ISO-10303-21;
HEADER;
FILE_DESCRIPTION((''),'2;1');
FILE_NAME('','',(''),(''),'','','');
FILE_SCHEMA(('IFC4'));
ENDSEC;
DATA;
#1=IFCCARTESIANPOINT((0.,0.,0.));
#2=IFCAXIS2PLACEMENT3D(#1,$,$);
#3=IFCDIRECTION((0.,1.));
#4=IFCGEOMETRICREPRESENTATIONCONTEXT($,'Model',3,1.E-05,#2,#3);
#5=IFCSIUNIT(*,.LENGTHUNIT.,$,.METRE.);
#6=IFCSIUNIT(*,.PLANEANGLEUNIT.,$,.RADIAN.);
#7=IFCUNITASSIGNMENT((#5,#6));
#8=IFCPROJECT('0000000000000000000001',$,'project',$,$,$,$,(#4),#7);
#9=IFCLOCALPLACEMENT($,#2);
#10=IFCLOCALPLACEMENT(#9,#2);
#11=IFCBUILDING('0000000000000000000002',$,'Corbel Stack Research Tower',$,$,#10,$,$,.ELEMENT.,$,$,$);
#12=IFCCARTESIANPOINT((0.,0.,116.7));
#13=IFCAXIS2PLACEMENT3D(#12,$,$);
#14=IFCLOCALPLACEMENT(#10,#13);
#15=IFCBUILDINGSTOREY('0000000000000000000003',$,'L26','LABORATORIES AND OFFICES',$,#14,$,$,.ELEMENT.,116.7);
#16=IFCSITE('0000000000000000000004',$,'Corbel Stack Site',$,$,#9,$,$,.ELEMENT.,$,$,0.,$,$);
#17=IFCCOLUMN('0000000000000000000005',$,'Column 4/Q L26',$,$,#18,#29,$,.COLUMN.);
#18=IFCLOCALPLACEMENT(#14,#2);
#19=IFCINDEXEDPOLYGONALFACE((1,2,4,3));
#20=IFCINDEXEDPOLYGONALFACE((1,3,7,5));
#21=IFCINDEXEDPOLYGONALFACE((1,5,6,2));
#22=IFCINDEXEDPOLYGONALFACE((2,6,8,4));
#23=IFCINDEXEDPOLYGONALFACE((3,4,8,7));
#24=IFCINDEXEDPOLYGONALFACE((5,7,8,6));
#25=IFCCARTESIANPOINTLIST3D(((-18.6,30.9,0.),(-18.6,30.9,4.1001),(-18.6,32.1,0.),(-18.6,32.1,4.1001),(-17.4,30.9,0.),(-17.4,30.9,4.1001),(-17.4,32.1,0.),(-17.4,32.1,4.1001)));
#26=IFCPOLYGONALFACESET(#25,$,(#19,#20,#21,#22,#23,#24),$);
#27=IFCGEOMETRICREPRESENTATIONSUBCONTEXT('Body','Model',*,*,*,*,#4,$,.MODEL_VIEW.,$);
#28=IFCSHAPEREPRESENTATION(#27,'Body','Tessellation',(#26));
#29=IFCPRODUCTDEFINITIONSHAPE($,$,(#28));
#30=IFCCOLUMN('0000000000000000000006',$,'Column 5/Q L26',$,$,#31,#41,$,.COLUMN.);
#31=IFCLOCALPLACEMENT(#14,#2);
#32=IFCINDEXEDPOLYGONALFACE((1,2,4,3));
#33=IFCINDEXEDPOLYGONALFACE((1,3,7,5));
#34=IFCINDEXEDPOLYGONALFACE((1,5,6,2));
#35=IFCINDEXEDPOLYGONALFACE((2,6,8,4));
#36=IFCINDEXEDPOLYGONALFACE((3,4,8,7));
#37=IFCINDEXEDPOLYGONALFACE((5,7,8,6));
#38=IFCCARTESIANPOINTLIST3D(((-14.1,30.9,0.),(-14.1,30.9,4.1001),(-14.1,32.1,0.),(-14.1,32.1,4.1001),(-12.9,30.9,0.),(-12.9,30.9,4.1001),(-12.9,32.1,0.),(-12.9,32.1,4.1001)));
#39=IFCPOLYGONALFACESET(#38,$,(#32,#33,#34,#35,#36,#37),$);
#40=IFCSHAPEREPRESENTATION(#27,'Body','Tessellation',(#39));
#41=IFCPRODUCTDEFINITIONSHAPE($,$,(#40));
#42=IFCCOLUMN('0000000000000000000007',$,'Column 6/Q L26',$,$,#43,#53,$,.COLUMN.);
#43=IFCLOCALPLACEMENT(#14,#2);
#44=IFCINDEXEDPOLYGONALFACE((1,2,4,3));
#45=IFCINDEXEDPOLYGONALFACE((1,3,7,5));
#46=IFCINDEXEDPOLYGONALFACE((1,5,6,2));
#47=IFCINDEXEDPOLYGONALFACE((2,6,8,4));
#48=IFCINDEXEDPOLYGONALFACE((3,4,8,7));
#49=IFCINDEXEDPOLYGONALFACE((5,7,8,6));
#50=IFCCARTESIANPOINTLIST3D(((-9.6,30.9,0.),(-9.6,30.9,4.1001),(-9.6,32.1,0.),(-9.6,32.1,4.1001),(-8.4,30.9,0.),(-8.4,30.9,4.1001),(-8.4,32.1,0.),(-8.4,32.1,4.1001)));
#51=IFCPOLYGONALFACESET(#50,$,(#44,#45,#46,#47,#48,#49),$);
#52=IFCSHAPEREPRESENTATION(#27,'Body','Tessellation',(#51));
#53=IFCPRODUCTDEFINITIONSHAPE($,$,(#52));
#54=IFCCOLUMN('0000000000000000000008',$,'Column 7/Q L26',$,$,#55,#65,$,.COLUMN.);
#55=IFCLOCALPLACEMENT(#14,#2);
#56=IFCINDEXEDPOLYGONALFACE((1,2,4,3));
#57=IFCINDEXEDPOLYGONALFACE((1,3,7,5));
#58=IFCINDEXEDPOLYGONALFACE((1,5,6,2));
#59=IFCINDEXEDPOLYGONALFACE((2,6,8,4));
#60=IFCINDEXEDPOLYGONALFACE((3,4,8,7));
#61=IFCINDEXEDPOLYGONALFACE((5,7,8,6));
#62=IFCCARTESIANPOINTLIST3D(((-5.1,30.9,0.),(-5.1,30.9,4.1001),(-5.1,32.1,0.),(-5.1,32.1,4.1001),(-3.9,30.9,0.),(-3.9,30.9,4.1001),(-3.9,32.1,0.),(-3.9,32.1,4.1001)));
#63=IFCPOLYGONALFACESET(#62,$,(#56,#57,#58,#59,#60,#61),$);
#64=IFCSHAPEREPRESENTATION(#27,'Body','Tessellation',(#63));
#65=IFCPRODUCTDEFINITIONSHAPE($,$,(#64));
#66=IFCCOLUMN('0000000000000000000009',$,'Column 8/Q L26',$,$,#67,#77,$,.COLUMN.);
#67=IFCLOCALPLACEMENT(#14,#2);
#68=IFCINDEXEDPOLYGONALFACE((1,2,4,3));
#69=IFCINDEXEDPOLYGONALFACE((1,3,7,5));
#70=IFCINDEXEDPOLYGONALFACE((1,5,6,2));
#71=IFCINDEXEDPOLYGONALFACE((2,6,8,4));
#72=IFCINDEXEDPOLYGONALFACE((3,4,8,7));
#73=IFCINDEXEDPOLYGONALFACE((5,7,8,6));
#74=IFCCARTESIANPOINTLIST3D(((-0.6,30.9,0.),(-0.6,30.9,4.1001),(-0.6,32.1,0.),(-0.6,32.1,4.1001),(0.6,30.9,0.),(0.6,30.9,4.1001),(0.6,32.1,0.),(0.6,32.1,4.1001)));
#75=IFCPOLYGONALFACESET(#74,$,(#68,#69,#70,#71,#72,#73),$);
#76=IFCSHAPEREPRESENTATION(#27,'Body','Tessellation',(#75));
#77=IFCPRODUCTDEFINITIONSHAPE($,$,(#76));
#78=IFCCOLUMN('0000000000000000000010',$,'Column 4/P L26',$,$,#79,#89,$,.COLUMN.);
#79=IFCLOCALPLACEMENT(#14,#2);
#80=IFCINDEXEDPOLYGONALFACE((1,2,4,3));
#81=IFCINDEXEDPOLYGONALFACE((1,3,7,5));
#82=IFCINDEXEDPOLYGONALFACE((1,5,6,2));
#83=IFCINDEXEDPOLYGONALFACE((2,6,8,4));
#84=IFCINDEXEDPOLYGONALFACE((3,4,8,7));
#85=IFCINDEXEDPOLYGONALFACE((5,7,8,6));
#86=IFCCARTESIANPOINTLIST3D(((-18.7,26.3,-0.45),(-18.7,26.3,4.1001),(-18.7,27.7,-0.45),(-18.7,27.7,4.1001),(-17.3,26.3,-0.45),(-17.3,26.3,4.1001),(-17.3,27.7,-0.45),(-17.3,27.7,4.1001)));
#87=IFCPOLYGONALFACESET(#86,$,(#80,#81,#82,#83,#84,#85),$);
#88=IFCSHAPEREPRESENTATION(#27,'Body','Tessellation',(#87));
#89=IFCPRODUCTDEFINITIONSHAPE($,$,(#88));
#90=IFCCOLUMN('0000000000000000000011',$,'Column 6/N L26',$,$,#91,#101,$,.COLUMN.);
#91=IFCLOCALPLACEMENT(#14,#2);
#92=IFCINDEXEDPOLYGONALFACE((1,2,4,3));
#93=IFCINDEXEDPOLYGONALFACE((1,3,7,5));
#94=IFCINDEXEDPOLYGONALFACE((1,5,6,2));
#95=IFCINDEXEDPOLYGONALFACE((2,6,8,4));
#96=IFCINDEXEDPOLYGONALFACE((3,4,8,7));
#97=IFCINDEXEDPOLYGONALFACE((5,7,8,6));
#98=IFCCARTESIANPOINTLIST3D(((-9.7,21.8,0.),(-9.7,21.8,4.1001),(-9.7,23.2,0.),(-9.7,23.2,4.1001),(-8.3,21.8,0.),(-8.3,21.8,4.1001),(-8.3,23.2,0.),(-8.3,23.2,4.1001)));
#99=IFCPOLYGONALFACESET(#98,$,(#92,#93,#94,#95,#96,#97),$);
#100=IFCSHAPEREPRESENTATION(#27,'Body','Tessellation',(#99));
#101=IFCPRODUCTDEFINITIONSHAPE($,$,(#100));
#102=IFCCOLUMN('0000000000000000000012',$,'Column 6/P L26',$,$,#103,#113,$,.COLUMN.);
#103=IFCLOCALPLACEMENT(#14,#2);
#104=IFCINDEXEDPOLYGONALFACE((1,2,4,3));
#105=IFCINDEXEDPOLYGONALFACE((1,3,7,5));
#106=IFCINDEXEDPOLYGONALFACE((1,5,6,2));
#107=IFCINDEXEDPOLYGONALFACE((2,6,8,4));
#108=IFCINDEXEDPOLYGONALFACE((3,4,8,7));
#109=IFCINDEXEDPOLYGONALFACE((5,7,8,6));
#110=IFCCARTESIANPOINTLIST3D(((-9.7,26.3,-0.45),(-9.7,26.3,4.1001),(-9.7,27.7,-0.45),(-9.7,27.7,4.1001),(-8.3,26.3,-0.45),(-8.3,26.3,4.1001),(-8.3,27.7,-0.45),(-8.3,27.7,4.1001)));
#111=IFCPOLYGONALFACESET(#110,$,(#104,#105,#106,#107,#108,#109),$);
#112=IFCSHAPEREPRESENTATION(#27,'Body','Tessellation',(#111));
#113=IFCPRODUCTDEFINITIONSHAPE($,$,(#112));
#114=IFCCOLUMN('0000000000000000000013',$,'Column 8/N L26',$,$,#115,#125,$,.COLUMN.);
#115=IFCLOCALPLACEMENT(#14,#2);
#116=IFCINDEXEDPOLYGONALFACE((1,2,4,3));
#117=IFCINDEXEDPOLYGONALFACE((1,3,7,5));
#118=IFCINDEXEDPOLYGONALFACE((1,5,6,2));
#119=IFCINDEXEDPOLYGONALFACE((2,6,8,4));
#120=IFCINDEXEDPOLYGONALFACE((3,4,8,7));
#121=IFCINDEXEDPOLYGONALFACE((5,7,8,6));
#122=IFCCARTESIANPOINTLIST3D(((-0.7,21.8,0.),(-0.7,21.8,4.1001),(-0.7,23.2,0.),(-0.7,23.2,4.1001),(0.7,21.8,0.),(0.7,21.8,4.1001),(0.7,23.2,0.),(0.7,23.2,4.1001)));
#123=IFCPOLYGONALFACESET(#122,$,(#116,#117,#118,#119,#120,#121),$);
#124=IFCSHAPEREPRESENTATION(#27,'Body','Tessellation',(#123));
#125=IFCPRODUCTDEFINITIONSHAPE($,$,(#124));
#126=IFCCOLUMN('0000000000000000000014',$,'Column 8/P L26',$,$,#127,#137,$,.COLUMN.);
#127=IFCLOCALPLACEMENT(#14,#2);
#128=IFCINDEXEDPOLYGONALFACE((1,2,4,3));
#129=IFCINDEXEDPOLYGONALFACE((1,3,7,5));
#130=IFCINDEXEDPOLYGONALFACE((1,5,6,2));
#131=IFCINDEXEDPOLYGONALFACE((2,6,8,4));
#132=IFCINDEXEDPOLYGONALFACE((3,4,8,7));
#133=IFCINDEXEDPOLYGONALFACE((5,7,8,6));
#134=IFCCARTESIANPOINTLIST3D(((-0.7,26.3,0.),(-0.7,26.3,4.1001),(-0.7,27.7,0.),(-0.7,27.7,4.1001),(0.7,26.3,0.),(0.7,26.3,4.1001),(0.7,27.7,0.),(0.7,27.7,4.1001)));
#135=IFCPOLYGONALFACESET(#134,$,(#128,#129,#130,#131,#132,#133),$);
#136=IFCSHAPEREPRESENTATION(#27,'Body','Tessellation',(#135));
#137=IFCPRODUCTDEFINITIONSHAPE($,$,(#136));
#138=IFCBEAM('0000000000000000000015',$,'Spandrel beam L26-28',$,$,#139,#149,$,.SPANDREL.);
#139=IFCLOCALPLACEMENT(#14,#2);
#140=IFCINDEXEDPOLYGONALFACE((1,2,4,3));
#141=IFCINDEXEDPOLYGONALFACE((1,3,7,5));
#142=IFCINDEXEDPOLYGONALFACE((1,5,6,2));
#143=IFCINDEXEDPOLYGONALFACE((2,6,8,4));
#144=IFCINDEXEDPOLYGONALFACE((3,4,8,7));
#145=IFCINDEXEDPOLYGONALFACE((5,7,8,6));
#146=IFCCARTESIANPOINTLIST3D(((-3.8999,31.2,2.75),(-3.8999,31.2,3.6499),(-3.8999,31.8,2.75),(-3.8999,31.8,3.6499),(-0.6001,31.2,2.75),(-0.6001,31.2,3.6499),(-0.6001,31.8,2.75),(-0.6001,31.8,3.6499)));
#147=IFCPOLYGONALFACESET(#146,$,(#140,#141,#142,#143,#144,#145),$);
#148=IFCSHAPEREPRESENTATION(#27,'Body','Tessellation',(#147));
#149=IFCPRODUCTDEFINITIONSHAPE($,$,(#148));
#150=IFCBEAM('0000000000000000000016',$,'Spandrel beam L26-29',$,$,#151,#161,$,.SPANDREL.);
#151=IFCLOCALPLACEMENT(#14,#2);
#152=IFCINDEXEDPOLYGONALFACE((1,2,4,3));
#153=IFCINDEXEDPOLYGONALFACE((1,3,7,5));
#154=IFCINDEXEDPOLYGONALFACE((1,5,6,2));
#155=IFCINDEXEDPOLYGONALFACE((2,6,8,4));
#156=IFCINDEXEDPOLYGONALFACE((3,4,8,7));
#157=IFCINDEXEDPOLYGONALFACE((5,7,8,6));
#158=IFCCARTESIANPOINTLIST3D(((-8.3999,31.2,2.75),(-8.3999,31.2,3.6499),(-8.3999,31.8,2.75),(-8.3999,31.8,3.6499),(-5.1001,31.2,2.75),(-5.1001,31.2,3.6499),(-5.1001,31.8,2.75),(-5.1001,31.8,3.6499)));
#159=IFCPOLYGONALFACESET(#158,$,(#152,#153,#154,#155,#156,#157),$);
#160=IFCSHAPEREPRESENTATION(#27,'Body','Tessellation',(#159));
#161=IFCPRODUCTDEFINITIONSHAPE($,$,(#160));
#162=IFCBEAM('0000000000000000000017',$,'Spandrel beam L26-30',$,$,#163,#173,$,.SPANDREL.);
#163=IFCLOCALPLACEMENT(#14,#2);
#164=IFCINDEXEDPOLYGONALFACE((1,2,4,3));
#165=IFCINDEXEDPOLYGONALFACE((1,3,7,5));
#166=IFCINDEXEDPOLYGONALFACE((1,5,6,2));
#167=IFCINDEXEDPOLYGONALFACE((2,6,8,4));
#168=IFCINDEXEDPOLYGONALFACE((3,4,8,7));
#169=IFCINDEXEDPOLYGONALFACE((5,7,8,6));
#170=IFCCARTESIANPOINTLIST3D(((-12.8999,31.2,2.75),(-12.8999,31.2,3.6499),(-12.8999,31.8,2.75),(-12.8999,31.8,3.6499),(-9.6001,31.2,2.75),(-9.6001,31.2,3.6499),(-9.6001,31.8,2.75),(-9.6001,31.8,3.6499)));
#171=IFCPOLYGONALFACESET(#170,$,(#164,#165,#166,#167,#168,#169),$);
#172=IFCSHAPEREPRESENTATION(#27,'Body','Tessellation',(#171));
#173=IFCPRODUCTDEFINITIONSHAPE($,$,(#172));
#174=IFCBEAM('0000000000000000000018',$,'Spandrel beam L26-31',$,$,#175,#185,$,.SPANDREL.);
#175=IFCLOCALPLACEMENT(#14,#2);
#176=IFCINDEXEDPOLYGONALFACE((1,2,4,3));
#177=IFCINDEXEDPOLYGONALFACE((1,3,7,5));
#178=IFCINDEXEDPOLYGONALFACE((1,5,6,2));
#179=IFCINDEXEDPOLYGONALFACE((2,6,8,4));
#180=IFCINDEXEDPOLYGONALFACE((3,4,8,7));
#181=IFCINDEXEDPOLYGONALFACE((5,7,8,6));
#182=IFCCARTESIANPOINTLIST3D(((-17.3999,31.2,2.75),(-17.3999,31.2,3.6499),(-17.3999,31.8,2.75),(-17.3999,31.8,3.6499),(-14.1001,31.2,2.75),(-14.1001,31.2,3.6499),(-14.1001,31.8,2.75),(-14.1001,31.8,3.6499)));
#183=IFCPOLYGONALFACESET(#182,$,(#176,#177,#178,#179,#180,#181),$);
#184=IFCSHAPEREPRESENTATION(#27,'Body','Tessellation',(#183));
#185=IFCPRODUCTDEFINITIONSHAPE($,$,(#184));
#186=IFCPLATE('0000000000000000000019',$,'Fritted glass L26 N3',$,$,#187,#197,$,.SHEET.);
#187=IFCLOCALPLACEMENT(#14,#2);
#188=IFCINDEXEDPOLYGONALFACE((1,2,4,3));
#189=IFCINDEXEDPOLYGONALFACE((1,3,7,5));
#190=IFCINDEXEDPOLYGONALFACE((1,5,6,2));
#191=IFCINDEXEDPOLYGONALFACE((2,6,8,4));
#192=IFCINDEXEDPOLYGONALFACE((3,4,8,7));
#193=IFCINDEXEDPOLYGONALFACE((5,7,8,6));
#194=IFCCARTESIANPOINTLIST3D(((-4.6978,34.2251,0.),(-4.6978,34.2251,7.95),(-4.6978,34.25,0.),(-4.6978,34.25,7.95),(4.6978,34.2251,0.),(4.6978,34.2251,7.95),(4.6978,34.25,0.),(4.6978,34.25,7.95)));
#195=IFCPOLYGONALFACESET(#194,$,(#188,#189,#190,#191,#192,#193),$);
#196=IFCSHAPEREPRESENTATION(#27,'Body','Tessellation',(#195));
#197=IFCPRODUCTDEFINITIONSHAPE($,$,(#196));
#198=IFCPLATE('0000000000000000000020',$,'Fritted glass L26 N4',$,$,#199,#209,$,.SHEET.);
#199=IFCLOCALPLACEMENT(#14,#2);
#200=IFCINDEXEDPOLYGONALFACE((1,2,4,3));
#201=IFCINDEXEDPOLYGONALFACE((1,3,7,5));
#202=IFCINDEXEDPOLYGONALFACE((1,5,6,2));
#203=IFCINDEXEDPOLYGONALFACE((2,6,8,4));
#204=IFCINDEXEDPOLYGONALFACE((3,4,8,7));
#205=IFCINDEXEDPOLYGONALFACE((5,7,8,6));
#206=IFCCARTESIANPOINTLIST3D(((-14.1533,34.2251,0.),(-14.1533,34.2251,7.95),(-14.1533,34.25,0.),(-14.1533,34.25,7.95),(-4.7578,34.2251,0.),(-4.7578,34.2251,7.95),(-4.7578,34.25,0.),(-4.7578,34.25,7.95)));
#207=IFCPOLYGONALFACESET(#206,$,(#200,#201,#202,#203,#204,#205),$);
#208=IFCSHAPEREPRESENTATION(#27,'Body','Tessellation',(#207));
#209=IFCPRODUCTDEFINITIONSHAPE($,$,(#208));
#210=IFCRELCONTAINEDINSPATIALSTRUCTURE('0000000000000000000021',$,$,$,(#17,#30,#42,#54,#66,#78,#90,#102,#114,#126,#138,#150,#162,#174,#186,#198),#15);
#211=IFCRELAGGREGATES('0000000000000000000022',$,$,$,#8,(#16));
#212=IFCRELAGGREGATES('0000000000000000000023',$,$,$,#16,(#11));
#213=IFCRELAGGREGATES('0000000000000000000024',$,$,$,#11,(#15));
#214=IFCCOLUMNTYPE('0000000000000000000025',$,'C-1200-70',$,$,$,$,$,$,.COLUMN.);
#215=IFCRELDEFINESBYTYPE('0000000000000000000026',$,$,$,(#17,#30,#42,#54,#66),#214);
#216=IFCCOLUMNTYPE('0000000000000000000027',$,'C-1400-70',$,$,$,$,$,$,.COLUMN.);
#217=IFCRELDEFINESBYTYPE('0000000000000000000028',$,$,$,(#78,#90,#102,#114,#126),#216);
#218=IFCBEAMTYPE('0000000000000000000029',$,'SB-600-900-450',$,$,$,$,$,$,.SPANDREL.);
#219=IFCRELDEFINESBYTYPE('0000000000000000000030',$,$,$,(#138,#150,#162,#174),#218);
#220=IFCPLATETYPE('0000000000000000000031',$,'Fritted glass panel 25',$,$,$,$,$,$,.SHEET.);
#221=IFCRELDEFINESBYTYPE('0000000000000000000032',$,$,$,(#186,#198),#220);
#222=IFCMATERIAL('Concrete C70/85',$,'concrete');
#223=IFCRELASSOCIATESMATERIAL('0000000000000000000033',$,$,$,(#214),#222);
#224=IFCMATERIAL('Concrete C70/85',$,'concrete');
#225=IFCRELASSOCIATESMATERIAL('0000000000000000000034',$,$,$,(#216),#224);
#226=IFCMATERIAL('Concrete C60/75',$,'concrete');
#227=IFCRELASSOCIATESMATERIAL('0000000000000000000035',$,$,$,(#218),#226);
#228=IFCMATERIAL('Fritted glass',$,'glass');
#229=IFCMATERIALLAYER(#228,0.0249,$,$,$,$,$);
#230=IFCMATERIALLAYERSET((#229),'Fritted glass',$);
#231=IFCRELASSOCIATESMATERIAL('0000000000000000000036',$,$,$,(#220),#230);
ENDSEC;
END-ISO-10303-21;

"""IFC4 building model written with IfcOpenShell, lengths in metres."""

from ifc_helpers import new_model, si_unit, direction, frame, origin, origin_2d, place, context, subcontext, project, spatial, rectangle, extrude, material, layer, layer_set, material_profile, profile_set, type_object, element, save


model = new_model("IFC4")

# Units and contexts
model_context = context("Model", 3, precision=1e-05, world=origin(), true_north=direction((0.0, 1.0)))
body_context = subcontext(model_context, "Body", "Model", "MODEL_VIEW")
ifc_project = project(units=[si_unit("LENGTHUNIT", "METRE"), si_unit("PLANEANGLEUNIT", "RADIAN")], contexts=[model_context])

# Site, building, storey
site_placement = place(None, origin())
site = spatial("IfcSite", under=ifc_project, at=site_placement, Name="Corbel Stack Site", CompositionType="ELEMENT", RefElevation=0.0)
building_placement = place(site_placement, origin())
building = spatial("IfcBuilding", under=site, at=building_placement, Name="Corbel Stack Research Tower", CompositionType="ELEMENT")
storey_placement = place(building_placement, frame((0.0, 0.0, 116.7)))
storey = spatial("IfcBuildingStorey", under=building, at=storey_placement, Name="L26", Description="LABORATORIES AND OFFICES", CompositionType="ELEMENT", Elevation=116.7)

# Columns
ifc_material_1 = material(Name="Concrete C70/85", Category="concrete")
ifc_material_profile_1 = material_profile(ifc_material_1, rectangle(XDim=1.2, YDim=1.2, at=origin_2d()), Name="RC 1200 x 1200")
ifc_profile_set_1 = profile_set([ifc_material_profile_1], Name="Concrete C70/85")
column_type_1 = type_object("IfcColumnType", Name="C-1200-70", PredefinedType="COLUMN", material=ifc_profile_set_1)
for number, where, z_axis, x_axis, name in (
    (1, (-18.0, 31.5, 0.0), (0.0, 0.0, 1.0), (1.0, 0.0, 0.0), "Column 4/Q L26"),
    (2, (-13.5, 31.5, 0.0), (0.0, 0.0, 1.0), (1.0, 0.0, 0.0), "Column 5/Q L26"),
    (3, (-9.0, 31.5, 0.0), (0.0, 0.0, 1.0), (1.0, 0.0, 0.0), "Column 6/Q L26"),
    (4, (-4.5, 31.5, 0.0), (0.0, 0.0, 1.0), (1.0, 0.0, 0.0), "Column 7/Q L26"),
    (5, (0.0, 31.5, 0.0), (0.0, 0.0, 1.0), (1.0, 0.0, 0.0), "Column 8/Q L26"),
):
    element("IfcColumn", number, at=place(storey_placement, frame(where, z_axis=z_axis, x_axis=x_axis)), inside=storey, type_object=column_type_1, Name=name, PredefinedType="COLUMN", context=body_context, shape_type="SweptSolid", body=[
        extrude(rectangle(XDim=1.2, YDim=1.2, at=origin_2d()), origin(), (0.0, 0.0, 1.0), 4.1001),
    ])
ifc_material_2 = material(Name="Concrete C70/85", Category="concrete")
ifc_material_profile_2 = material_profile(ifc_material_2, rectangle(XDim=1.3999, YDim=1.3999, at=origin_2d()), Name="RC 1400 x 1400")
ifc_profile_set_2 = profile_set([ifc_material_profile_2], Name="Concrete C70/85")
column_type_2 = type_object("IfcColumnType", Name="C-1400-70", PredefinedType="COLUMN", material=ifc_profile_set_2)
column_1_placement = place(storey_placement, frame((-18.0, 27.0, -0.45), z_axis=(0.0, 0.0, 1.0), x_axis=(1.0, 0.0, 0.0)))
element("IfcColumn", 6, at=column_1_placement, inside=storey, type_object=column_type_2, Name="Column 4/P L26", PredefinedType="COLUMN", context=body_context, shape_type="SweptSolid", body=[
    extrude(rectangle(XDim=1.3999, YDim=1.3999, at=origin_2d()), origin(), (0.0, 0.0, 1.0), 4.55),
])
column_2_placement = place(storey_placement, frame((-9.0, 22.5, 0.0), z_axis=(0.0, 0.0, 1.0), x_axis=(1.0, 0.0, 0.0)))
element("IfcColumn", 7, at=column_2_placement, inside=storey, type_object=column_type_2, Name="Column 6/N L26", PredefinedType="COLUMN", context=body_context, shape_type="SweptSolid", body=[
    extrude(rectangle(XDim=1.3999, YDim=1.3999, at=origin_2d()), origin(), (0.0, 0.0, 1.0), 4.1001),
])
column_3_placement = place(storey_placement, frame((-9.0, 27.0, -0.45), z_axis=(0.0, 0.0, 1.0), x_axis=(1.0, 0.0, 0.0)))
element("IfcColumn", 8, at=column_3_placement, inside=storey, type_object=column_type_2, Name="Column 6/P L26", PredefinedType="COLUMN", context=body_context, shape_type="SweptSolid", body=[
    extrude(rectangle(XDim=1.3999, YDim=1.3999, at=origin_2d()), origin(), (0.0, 0.0, 1.0), 4.55),
])
for number, where, z_axis, x_axis, name in (
    (9, (0.0, 22.5, 0.0), (0.0, 0.0, 1.0), (1.0, 0.0, 0.0), "Column 8/N L26"),
    (10, (0.0, 27.0, 0.0), (0.0, 0.0, 1.0), (1.0, 0.0, 0.0), "Column 8/P L26"),
):
    element("IfcColumn", number, at=place(storey_placement, frame(where, z_axis=z_axis, x_axis=x_axis)), inside=storey, type_object=column_type_2, Name=name, PredefinedType="COLUMN", context=body_context, shape_type="SweptSolid", body=[
        extrude(rectangle(XDim=1.3999, YDim=1.3999, at=origin_2d()), origin(), (0.0, 0.0, 1.0), 4.1001),
    ])

# Beams
ifc_material_3 = material(Name="Concrete C60/75", Category="concrete")
ifc_material_profile_3 = material_profile(ifc_material_3, rectangle(XDim=0.6001, YDim=0.8999, at=origin_2d()), Name="RC 600 x 900")
ifc_profile_set_3 = profile_set([ifc_material_profile_3], Name="Concrete C60/75")
beam_type = type_object("IfcBeamType", Name="SB-600-900-450", PredefinedType="SPANDREL", material=ifc_profile_set_3)
for number, where, z_axis, x_axis, name in (
    (11, (-0.6001, 31.5, 3.2), (-1.0, 0.0, 0.0), (0.0, -1.0, 0.0), "Spandrel beam L26-28"),
    (12, (-5.1001, 31.5, 3.2), (-1.0, 0.0, 0.0), (0.0, -1.0, 0.0), "Spandrel beam L26-29"),
    (13, (-9.6001, 31.5, 3.2), (-1.0, 0.0, 0.0), (0.0, -1.0, 0.0), "Spandrel beam L26-30"),
    (14, (-14.1001, 31.5, 3.2), (-1.0, 0.0, 0.0), (0.0, -1.0, 0.0), "Spandrel beam L26-31"),
):
    element("IfcBeam", number, at=place(storey_placement, frame(where, z_axis=z_axis, x_axis=x_axis)), inside=storey, type_object=beam_type, Name=name, PredefinedType="SPANDREL", context=body_context, shape_type="SweptSolid", body=[
        extrude(rectangle(XDim=0.6001, YDim=0.8999, at=origin_2d()), origin(), (0.0, 0.0, 1.0), 3.2998),
    ])

# Plates
ifc_material_4 = material(Name="Fritted glass", Category="glass")
ifc_layer_1 = layer(ifc_material_4, 0.0249)
ifc_layer_set_1 = layer_set([ifc_layer_1], Name="Fritted glass")
plate_type = type_object("IfcPlateType", Name="Fritted glass panel 25", PredefinedType="SHEET", material=ifc_layer_set_1)
for number, where, z_axis, x_axis, name in (
    (15, (0.0, 34.2375, 0.0), (0.0, 0.0, 1.0), (-1.0, 0.0, 0.0), "Fritted glass L26 N3"),
    (16, (-9.4556, 34.2375, 0.0), (0.0, 0.0, 1.0), (-1.0, 0.0, 0.0), "Fritted glass L26 N4"),
):
    element("IfcPlate", number, at=place(storey_placement, frame(where, z_axis=z_axis, x_axis=x_axis)), inside=storey, type_object=plate_type, Name=name, PredefinedType="SHEET", context=body_context, shape_type="SweptSolid", body=[
        extrude(rectangle(XDim=9.3955, YDim=0.0249, at=origin_2d()), origin(), (0.0, 0.0, 1.0), 7.95),
    ])

save(model, "model.ifc")
